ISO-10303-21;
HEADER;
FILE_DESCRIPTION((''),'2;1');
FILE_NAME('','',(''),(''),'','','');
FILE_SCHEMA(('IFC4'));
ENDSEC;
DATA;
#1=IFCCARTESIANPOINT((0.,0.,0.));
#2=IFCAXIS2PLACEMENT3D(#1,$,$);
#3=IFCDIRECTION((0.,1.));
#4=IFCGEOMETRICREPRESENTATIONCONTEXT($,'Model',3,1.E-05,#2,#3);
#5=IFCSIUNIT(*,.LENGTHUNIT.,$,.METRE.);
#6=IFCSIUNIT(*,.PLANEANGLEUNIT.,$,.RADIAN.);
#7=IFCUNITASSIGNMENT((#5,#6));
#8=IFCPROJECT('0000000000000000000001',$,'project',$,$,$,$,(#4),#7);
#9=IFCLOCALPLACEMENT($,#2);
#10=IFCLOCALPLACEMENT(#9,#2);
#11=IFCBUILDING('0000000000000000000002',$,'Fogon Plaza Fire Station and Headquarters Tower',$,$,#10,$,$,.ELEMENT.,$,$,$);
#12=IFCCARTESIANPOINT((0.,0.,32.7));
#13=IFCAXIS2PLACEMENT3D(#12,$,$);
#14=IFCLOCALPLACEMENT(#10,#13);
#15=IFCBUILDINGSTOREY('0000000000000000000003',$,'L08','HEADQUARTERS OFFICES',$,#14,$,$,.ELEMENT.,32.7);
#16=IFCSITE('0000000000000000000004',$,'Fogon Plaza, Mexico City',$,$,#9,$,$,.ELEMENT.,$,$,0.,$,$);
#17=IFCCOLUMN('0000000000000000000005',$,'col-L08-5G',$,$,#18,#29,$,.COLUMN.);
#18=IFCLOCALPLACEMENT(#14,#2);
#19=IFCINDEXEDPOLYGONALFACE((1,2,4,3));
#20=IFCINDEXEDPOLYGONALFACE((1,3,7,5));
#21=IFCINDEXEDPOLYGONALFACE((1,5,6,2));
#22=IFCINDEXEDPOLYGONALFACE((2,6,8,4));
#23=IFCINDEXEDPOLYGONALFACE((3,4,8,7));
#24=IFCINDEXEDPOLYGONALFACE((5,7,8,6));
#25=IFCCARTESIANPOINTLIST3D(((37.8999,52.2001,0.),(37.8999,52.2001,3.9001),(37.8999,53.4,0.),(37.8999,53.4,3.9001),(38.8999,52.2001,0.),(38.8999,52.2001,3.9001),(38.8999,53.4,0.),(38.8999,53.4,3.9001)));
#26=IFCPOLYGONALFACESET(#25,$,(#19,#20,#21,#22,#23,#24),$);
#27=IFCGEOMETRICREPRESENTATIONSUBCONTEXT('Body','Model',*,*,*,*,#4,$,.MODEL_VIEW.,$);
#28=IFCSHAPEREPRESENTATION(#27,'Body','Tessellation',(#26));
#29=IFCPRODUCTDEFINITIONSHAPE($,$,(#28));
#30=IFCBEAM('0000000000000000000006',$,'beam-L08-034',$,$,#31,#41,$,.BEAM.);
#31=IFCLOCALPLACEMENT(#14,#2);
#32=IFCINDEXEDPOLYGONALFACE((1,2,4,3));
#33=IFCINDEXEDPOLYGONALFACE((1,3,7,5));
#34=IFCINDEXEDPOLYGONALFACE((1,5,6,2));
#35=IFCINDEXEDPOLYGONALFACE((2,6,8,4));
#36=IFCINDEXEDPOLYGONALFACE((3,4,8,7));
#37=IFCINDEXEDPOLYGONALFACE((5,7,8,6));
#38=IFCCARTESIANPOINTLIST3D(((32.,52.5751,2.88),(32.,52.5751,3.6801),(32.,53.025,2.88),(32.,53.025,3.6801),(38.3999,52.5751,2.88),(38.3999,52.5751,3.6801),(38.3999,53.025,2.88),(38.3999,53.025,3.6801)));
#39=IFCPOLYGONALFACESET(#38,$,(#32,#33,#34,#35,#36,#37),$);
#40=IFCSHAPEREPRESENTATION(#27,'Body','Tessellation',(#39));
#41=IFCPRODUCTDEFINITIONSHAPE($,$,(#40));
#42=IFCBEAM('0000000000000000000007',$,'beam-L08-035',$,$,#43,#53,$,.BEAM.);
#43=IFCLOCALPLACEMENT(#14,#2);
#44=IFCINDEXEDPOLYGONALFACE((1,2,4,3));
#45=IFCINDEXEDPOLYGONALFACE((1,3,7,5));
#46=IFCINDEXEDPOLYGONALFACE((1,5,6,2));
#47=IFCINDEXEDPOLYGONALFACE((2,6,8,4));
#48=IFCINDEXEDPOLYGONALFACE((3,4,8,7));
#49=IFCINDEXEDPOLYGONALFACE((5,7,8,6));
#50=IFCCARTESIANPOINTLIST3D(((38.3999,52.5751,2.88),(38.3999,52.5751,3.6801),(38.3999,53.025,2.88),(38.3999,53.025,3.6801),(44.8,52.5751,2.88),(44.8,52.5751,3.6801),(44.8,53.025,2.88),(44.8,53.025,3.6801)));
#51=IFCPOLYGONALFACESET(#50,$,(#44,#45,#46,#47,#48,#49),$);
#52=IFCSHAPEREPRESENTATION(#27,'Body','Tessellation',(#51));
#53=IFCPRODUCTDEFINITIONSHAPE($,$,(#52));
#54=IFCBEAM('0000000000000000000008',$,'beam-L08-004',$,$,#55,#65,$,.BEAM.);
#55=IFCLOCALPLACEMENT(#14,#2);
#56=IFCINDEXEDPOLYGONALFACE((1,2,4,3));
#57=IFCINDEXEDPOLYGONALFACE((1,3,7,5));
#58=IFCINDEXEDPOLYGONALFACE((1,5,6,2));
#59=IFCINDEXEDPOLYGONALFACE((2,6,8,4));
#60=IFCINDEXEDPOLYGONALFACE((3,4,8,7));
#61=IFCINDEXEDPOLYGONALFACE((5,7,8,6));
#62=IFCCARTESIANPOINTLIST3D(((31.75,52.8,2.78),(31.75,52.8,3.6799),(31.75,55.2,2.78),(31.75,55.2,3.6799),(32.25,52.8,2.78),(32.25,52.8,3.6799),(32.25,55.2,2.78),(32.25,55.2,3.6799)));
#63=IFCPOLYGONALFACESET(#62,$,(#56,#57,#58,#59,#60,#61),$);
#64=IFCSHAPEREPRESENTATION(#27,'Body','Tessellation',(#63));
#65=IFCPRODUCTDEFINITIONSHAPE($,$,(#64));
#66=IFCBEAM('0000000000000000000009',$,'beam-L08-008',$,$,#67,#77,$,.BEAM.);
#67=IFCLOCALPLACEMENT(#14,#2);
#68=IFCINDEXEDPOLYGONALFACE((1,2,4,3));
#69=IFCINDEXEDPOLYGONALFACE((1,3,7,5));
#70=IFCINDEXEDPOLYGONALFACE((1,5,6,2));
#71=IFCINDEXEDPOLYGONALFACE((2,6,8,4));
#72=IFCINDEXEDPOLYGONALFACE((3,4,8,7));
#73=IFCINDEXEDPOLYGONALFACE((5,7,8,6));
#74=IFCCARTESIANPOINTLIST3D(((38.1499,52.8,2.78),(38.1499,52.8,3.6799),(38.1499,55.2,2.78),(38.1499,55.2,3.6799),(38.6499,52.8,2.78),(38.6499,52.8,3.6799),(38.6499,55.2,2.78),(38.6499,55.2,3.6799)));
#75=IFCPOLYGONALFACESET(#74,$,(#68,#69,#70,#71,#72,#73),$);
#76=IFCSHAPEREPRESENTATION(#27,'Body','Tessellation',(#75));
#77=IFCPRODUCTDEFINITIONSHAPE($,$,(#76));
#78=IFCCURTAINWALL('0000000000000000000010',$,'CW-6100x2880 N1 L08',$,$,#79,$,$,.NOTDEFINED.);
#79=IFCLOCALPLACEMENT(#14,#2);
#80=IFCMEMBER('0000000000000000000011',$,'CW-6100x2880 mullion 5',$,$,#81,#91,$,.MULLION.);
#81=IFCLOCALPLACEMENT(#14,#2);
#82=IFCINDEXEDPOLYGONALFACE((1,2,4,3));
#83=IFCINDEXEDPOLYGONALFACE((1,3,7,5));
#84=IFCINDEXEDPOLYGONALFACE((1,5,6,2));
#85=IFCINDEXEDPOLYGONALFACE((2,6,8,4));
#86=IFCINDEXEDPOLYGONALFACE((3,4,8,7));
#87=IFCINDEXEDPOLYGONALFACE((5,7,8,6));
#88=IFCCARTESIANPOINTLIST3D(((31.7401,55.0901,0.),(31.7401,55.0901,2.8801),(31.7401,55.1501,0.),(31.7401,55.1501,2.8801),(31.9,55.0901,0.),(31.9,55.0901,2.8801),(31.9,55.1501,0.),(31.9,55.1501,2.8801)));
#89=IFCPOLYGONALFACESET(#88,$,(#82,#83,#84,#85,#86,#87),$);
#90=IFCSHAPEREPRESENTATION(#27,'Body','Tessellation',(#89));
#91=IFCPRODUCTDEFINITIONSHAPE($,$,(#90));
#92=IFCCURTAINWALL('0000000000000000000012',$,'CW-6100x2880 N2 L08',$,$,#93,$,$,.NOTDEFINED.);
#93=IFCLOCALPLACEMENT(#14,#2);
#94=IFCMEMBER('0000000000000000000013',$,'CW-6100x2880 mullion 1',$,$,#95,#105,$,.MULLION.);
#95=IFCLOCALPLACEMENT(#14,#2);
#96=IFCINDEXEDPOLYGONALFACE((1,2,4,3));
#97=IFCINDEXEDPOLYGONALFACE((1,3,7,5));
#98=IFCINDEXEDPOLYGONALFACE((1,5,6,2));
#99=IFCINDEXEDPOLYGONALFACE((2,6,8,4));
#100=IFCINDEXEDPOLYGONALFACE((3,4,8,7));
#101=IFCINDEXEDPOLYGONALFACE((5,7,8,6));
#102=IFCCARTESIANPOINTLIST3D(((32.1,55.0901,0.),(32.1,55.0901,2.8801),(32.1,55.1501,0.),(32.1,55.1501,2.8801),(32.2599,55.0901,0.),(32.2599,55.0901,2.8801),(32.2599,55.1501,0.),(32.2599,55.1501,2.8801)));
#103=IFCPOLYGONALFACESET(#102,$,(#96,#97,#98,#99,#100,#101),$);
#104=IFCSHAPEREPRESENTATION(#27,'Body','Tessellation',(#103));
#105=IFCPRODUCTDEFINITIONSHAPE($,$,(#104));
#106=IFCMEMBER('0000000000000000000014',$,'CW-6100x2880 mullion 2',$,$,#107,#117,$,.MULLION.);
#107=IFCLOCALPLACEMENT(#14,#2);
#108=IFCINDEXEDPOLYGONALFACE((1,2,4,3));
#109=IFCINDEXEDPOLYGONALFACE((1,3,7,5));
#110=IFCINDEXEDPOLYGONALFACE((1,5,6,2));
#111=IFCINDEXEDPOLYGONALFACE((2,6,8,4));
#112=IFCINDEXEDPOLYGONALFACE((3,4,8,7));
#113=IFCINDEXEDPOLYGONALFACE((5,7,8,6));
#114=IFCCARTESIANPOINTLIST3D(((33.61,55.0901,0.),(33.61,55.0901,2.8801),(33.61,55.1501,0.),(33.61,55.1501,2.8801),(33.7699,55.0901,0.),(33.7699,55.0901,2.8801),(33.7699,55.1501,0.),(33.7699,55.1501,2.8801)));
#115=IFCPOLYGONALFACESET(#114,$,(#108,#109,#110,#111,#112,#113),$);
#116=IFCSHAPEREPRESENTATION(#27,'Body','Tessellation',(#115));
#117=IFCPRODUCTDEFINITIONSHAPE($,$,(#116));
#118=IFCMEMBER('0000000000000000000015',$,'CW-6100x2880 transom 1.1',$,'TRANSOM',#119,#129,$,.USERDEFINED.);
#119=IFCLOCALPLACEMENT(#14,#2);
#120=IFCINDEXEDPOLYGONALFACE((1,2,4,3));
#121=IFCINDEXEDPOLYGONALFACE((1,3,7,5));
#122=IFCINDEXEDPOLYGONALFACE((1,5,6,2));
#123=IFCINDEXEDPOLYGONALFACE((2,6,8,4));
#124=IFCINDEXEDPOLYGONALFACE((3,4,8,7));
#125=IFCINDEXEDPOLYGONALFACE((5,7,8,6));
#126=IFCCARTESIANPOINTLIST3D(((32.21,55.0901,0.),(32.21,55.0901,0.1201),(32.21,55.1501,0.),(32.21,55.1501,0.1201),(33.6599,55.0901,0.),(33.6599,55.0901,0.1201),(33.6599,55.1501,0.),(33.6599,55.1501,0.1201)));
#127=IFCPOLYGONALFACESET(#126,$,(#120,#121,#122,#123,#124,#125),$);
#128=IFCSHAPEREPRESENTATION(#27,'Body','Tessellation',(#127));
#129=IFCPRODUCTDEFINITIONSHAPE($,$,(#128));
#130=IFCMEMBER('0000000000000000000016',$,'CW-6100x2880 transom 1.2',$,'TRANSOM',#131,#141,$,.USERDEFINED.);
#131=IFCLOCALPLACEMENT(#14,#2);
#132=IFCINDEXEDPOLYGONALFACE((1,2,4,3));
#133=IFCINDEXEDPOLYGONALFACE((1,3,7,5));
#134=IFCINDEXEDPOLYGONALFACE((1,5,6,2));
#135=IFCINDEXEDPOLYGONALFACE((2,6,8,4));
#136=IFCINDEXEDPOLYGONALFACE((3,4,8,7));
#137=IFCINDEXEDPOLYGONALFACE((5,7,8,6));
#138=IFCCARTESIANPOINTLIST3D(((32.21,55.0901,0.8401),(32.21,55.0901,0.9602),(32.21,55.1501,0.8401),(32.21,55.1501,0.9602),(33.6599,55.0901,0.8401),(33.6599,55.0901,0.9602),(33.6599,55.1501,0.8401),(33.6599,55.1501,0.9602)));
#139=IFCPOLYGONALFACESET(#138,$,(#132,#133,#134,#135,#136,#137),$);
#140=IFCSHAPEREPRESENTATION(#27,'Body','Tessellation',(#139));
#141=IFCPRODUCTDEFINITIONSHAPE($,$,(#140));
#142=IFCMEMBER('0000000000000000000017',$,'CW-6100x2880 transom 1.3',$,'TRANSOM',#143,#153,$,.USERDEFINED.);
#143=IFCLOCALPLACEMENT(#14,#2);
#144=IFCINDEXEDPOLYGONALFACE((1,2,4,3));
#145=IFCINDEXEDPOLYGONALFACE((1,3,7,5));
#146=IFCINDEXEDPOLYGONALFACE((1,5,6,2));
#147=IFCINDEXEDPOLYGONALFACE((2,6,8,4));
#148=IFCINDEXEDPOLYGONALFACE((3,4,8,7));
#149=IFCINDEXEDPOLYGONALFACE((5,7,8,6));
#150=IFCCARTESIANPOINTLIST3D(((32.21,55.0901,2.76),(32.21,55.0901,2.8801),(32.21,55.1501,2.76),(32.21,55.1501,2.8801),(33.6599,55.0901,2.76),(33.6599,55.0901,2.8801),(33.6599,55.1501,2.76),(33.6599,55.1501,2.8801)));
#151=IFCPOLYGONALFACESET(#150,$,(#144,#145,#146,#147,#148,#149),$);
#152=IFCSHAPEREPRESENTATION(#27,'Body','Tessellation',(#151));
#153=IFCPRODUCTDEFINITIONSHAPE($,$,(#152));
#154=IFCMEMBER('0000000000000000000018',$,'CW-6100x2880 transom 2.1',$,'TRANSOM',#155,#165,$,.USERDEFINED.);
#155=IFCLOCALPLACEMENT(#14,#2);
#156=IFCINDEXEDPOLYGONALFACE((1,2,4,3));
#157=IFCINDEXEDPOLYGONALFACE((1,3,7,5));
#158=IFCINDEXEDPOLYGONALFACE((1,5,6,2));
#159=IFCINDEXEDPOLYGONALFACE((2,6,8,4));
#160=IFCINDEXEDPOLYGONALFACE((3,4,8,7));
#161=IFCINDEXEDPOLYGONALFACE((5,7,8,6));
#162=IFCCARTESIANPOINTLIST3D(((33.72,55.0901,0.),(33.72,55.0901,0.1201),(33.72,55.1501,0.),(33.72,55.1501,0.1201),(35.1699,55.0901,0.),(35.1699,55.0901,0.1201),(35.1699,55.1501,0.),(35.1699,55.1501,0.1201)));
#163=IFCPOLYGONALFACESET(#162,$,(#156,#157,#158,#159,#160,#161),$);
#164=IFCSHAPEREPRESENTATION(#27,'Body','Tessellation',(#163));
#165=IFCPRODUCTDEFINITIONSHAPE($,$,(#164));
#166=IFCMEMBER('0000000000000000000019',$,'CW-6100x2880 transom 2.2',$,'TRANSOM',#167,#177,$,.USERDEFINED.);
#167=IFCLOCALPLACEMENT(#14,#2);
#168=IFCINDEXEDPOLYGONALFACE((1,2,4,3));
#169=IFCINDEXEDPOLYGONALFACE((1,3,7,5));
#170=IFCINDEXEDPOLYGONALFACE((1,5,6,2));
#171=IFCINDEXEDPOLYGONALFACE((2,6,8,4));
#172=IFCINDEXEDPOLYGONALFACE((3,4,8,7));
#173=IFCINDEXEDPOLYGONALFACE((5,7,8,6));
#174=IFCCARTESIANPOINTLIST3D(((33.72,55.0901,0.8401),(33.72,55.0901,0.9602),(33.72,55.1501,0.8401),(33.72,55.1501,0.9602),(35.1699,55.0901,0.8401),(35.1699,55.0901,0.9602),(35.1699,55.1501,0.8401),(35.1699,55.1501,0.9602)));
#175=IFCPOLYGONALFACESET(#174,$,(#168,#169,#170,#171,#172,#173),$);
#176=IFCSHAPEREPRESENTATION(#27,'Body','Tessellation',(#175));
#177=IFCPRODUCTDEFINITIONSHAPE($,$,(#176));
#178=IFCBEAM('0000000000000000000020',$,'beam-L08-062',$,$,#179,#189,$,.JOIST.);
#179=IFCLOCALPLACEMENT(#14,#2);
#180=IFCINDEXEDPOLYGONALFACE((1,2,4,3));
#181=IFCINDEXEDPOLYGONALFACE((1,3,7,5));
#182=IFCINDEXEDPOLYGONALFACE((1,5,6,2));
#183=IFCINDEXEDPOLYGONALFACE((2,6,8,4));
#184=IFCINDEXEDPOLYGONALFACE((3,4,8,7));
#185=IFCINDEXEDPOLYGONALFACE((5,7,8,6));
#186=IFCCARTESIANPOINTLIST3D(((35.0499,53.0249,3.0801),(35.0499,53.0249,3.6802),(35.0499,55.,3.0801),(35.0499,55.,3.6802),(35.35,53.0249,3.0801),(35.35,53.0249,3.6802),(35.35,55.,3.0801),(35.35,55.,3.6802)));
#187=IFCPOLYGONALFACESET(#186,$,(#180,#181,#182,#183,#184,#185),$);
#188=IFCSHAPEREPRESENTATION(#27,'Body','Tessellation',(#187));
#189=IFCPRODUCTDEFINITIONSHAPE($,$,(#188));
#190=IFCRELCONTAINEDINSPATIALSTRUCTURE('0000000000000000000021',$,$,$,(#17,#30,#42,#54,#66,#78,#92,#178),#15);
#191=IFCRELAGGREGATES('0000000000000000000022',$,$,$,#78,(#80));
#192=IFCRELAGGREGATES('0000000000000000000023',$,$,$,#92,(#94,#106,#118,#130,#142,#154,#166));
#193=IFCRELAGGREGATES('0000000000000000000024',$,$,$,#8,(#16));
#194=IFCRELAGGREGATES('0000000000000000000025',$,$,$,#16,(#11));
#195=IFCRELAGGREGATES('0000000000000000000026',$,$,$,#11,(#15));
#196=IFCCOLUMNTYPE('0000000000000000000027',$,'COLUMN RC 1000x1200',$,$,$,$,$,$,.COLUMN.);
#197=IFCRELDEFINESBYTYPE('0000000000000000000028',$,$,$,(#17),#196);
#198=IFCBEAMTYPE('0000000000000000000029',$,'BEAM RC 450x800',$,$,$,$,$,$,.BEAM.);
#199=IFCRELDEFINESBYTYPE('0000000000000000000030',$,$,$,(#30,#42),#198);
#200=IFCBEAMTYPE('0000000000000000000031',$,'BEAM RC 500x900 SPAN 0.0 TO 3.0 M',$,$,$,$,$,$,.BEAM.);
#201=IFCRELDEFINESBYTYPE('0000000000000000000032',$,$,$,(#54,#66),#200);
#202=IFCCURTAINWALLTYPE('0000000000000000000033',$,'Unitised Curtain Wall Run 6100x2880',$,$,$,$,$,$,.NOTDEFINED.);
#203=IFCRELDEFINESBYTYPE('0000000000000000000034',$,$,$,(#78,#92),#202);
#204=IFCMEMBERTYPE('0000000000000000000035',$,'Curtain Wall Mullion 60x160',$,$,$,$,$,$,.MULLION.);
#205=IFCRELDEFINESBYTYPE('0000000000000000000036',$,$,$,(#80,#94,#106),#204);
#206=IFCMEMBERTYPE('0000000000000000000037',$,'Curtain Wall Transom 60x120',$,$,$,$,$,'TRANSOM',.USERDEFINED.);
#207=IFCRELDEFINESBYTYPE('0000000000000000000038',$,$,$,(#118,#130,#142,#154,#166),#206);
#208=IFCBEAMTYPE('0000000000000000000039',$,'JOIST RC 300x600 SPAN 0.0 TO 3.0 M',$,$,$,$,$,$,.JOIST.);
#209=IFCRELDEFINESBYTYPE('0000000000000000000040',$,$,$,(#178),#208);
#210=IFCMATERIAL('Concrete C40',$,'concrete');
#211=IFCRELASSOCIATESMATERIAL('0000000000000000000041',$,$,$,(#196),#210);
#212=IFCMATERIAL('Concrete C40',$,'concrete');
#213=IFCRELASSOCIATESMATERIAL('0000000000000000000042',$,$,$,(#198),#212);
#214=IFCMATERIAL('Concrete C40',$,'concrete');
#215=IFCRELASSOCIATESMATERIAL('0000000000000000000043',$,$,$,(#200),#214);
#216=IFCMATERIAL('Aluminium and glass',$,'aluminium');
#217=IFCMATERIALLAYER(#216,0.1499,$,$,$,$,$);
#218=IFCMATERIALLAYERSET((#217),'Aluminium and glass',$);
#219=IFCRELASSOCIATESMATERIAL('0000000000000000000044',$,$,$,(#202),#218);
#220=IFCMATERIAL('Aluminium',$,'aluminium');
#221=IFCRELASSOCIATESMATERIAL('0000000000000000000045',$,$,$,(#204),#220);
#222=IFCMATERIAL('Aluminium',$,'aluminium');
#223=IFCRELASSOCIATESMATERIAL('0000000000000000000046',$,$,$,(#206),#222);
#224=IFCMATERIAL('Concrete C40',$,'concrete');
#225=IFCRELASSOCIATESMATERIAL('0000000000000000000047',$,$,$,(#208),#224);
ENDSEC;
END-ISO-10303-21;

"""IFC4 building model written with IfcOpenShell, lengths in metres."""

from ifc_helpers import new_model, si_unit, direction, frame, origin, origin_2d, place, context, subcontext, project, spatial, rectangle, extrude, material, layer, layer_set, material_profile, profile_set, type_object, element, aggregate, save


model = new_model("IFC4")

# Units and contexts
model_context = context("Model", 3, precision=1e-05, world=origin(), true_north=direction((0.0, 1.0)))
body_context = subcontext(model_context, "Body", "Model", "MODEL_VIEW")
ifc_project = project(units=[si_unit("LENGTHUNIT", "METRE"), si_unit("PLANEANGLEUNIT", "RADIAN")], contexts=[model_context])

# Site, building, storey
site_placement = place(None, origin())
site = spatial("IfcSite", under=ifc_project, at=site_placement, Name="Fogon Plaza, Mexico City", CompositionType="ELEMENT", RefElevation=0.0)
building_placement = place(site_placement, origin())
building = spatial("IfcBuilding", under=site, at=building_placement, Name="Fogon Plaza Fire Station and Headquarters Tower", CompositionType="ELEMENT")
storey_placement = place(building_placement, frame((0.0, 0.0, 32.7)))
storey = spatial("IfcBuildingStorey", under=building, at=storey_placement, Name="L08", Description="HEADQUARTERS OFFICES", CompositionType="ELEMENT", Elevation=32.7)

# Column
ifc_material_1 = material(Name="Concrete C40", Category="concrete")
ifc_material_profile_1 = material_profile(ifc_material_1, rectangle(XDim=1.0, YDim=1.2, at=origin_2d()), Name="RC 1000x1200")
ifc_profile_set_1 = profile_set([ifc_material_profile_1], Name="Concrete C40")
column_type = type_object("IfcColumnType", Name="COLUMN RC 1000x1200", PredefinedType="COLUMN", material=ifc_profile_set_1)
column_placement = place(storey_placement, frame((38.3999, 52.8, 0.0), z_axis=(0.0, 0.0, 1.0), x_axis=(1.0, 0.0, 0.0)))
element("IfcColumn", 1, at=column_placement, inside=storey, type_object=column_type, Name="col-L08-5G", PredefinedType="COLUMN", context=body_context, shape_type="SweptSolid", body=[
    extrude(rectangle(XDim=1.0, YDim=1.2, at=origin_2d()), origin(), (0.0, 0.0, 1.0), 3.9001),
])

# Beams
ifc_material_2 = material(Name="Concrete C40", Category="concrete")
ifc_material_profile_2 = material_profile(ifc_material_2, rectangle(XDim=0.45, YDim=0.8, at=origin_2d()), Name="RC 450x800")
ifc_profile_set_2 = profile_set([ifc_material_profile_2], Name="Concrete C40")
beam_type_1 = type_object("IfcBeamType", Name="BEAM RC 450x800", PredefinedType="BEAM", material=ifc_profile_set_2)
beam_1_placement = place(storey_placement, frame((32.0, 52.8, 3.28), z_axis=(1.0, 0.0, 0.0), x_axis=(0.0, 1.0, 0.0)))
element("IfcBeam", 2, at=beam_1_placement, inside=storey, type_object=beam_type_1, Name="beam-L08-034", PredefinedType="BEAM", context=body_context, shape_type="SweptSolid", body=[
    extrude(rectangle(XDim=0.45, YDim=0.8, at=origin_2d()), origin(), (0.0, 0.0, 1.0), 6.3999),
])
beam_2_placement = place(storey_placement, frame((38.3999, 52.8, 3.28), z_axis=(1.0, 0.0, 0.0), x_axis=(0.0, 1.0, 0.0)))
element("IfcBeam", 3, at=beam_2_placement, inside=storey, type_object=beam_type_1, Name="beam-L08-035", PredefinedType="BEAM", context=body_context, shape_type="SweptSolid", body=[
    extrude(rectangle(XDim=0.45, YDim=0.8, at=origin_2d()), origin(), (0.0, 0.0, 1.0), 6.4001),
])
ifc_material_3 = material(Name="Concrete C40", Category="concrete")
ifc_material_profile_3 = material_profile(ifc_material_3, rectangle(XDim=0.5, YDim=0.8999, at=origin_2d()), Name="RC 500x900")
ifc_profile_set_3 = profile_set([ifc_material_profile_3], Name="Concrete C40")
beam_type_2 = type_object("IfcBeamType", Name="BEAM RC 500x900 SPAN 0.0 TO 3.0 M", PredefinedType="BEAM", material=ifc_profile_set_3)
for number, where, z_axis, x_axis, name in (
    (4, (32.0, 52.8, 3.23), (0.0, 1.0, 0.0), (-1.0, 0.0, 0.0), "beam-L08-004"),
    (5, (38.3999, 52.8, 3.23), (0.0, 1.0, 0.0), (-1.0, 0.0, 0.0), "beam-L08-008"),
):
    element("IfcBeam", number, at=place(storey_placement, frame(where, z_axis=z_axis, x_axis=x_axis)), inside=storey, type_object=beam_type_2, Name=name, PredefinedType="BEAM", context=body_context, shape_type="SweptSolid", body=[
        extrude(rectangle(XDim=0.5, YDim=0.8999, at=origin_2d()), origin(), (0.0, 0.0, 1.0), 2.3999),
    ])

# Curtain wall, member
ifc_material_4 = material(Name="Aluminium and glass", Category="aluminium")
ifc_layer_1 = layer(ifc_material_4, 0.1499)
ifc_layer_set_1 = layer_set([ifc_layer_1], Name="Aluminium and glass")
curtain_wall_type = type_object("IfcCurtainWallType", Name="Unitised Curtain Wall Run 6100x2880", PredefinedType="NOTDEFINED", material=ifc_layer_set_1)
curtain_wall_1_placement = place(storey_placement, origin())
curtain_wall_1 = element("IfcCurtainWall", 6, at=curtain_wall_1_placement, inside=storey, type_object=curtain_wall_type, Name="CW-6100x2880 N1 L08", PredefinedType="NOTDEFINED")
ifc_material_5 = material(Name="Aluminium", Category="aluminium")
ifc_material_profile_4 = material_profile(ifc_material_5, rectangle(XDim=0.0601, YDim=0.1599, at=origin_2d()), Name="Curtain Wall Mullion 60x160")
ifc_profile_set_4 = profile_set([ifc_material_profile_4], Name="Aluminium")
member_type_1 = type_object("IfcMemberType", Name="Curtain Wall Mullion 60x160", PredefinedType="MULLION", material=ifc_profile_set_4)
member_1_placement = place(storey_placement, frame((31.8201, 55.1201, 0.0), z_axis=(0.0, 0.0, 1.0), x_axis=(0.0, 1.0, 0.0)))
member_1 = element("IfcMember", 7, at=member_1_placement, type_object=member_type_1, Name="CW-6100x2880 mullion 5", PredefinedType="MULLION", context=body_context, shape_type="SweptSolid", body=[
    extrude(rectangle(XDim=0.0601, YDim=0.1599, at=origin_2d()), origin(), (0.0, 0.0, 1.0), 2.8801),
])
aggregate(curtain_wall_1, [member_1])

# Curtain wall, members
curtain_wall_2_placement = place(storey_placement, origin())
curtain_wall_2 = element("IfcCurtainWall", 8, at=curtain_wall_2_placement, inside=storey, type_object=curtain_wall_type, Name="CW-6100x2880 N2 L08", PredefinedType="NOTDEFINED")
member_2_placement = place(storey_placement, frame((32.1799, 55.1201, 0.0), z_axis=(0.0, 0.0, 1.0), x_axis=(0.0, 1.0, 0.0)))
member_2 = element("IfcMember", 9, at=member_2_placement, type_object=member_type_1, Name="CW-6100x2880 mullion 1", PredefinedType="MULLION", context=body_context, shape_type="SweptSolid", body=[
    extrude(rectangle(XDim=0.0601, YDim=0.1599, at=origin_2d()), origin(), (0.0, 0.0, 1.0), 2.8801),
])
member_3_placement = place(storey_placement, frame((33.6899, 55.1201, 0.0), z_axis=(0.0, 0.0, 1.0), x_axis=(0.0, 1.0, 0.0)))
member_3 = element("IfcMember", 10, at=member_3_placement, type_object=member_type_1, Name="CW-6100x2880 mullion 2", PredefinedType="MULLION", context=body_context, shape_type="SweptSolid", body=[
    extrude(rectangle(XDim=0.0601, YDim=0.1599, at=origin_2d()), origin(), (0.0, 0.0, 1.0), 2.8801),
])
ifc_material_6 = material(Name="Aluminium", Category="aluminium")
ifc_material_profile_5 = material_profile(ifc_material_6, rectangle(XDim=0.0601, YDim=0.1201, at=origin_2d()), Name="Curtain Wall Transom 60x120")
ifc_profile_set_5 = profile_set([ifc_material_profile_5], Name="Aluminium")
member_type_2 = type_object("IfcMemberType", Name="Curtain Wall Transom 60x120", ElementType="TRANSOM", PredefinedType="USERDEFINED", material=ifc_profile_set_5)
member_4_placement = place(storey_placement, frame((32.21, 55.1201, 0.0601), z_axis=(1.0, 0.0, 0.0), x_axis=(0.0, 1.0, 0.0)))
member_4 = element("IfcMember", 11, at=member_4_placement, type_object=member_type_2, Name="CW-6100x2880 transom 1.1", ObjectType="TRANSOM", PredefinedType="USERDEFINED", context=body_context, shape_type="SweptSolid", body=[
    extrude(rectangle(XDim=0.0601, YDim=0.1201, at=origin_2d()), origin(), (0.0, 0.0, 1.0), 1.45),
])
member_5_placement = place(storey_placement, frame((32.21, 55.1201, 0.9001), z_axis=(1.0, 0.0, 0.0), x_axis=(0.0, 1.0, 0.0)))
member_5 = element("IfcMember", 12, at=member_5_placement, type_object=member_type_2, Name="CW-6100x2880 transom 1.2", ObjectType="TRANSOM", PredefinedType="USERDEFINED", context=body_context, shape_type="SweptSolid", body=[
    extrude(rectangle(XDim=0.0601, YDim=0.1201, at=origin_2d()), origin(), (0.0, 0.0, 1.0), 1.45),
])
member_6_placement = place(storey_placement, frame((32.21, 55.1201, 2.8201), z_axis=(1.0, 0.0, 0.0), x_axis=(0.0, 1.0, 0.0)))
member_6 = element("IfcMember", 13, at=member_6_placement, type_object=member_type_2, Name="CW-6100x2880 transom 1.3", ObjectType="TRANSOM", PredefinedType="USERDEFINED", context=body_context, shape_type="SweptSolid", body=[
    extrude(rectangle(XDim=0.0601, YDim=0.1201, at=origin_2d()), origin(), (0.0, 0.0, 1.0), 1.45),
])
member_7_placement = place(storey_placement, frame((33.72, 55.1201, 0.0601), z_axis=(1.0, 0.0, 0.0), x_axis=(0.0, 1.0, 0.0)))
member_7 = element("IfcMember", 14, at=member_7_placement, type_object=member_type_2, Name="CW-6100x2880 transom 2.1", ObjectType="TRANSOM", PredefinedType="USERDEFINED", context=body_context, shape_type="SweptSolid", body=[
    extrude(rectangle(XDim=0.0601, YDim=0.1201, at=origin_2d()), origin(), (0.0, 0.0, 1.0), 1.45),
])
member_8_placement = place(storey_placement, frame((33.72, 55.1201, 0.9001), z_axis=(1.0, 0.0, 0.0), x_axis=(0.0, 1.0, 0.0)))
member_8 = element("IfcMember", 15, at=member_8_placement, type_object=member_type_2, Name="CW-6100x2880 transom 2.2", ObjectType="TRANSOM", PredefinedType="USERDEFINED", context=body_context, shape_type="SweptSolid", body=[
    extrude(rectangle(XDim=0.0601, YDim=0.1201, at=origin_2d()), origin(), (0.0, 0.0, 1.0), 1.45),
])

# Beam
ifc_material_7 = material(Name="Concrete C40", Category="concrete")
ifc_material_profile_6 = material_profile(ifc_material_7, rectangle(XDim=0.3, YDim=0.6001, at=origin_2d()), Name="RC 300x600")
ifc_profile_set_6 = profile_set([ifc_material_profile_6], Name="Concrete C40")
beam_type_3 = type_object("IfcBeamType", Name="JOIST RC 300x600 SPAN 0.0 TO 3.0 M", PredefinedType="JOIST", material=ifc_profile_set_6)
for number, where, z_axis, x_axis, name in (
    (16, (35.2, 53.0249, 3.3801), (0.0, 1.0, 0.0), (-1.0, 0.0, 0.0), "beam-L08-062"),
):
    element("IfcBeam", number, at=place(storey_placement, frame(where, z_axis=z_axis, x_axis=x_axis)), inside=storey, type_object=beam_type_3, Name=name, PredefinedType="JOIST", context=body_context, shape_type="SweptSolid", body=[
        extrude(rectangle(XDim=0.3, YDim=0.6001, at=origin_2d()), origin(), (0.0, 0.0, 1.0), 1.9751),
    ])

aggregate(curtain_wall_2, [member_2, member_3, member_4, member_5, member_6, member_7, member_8])

save(model, "model.ifc")
